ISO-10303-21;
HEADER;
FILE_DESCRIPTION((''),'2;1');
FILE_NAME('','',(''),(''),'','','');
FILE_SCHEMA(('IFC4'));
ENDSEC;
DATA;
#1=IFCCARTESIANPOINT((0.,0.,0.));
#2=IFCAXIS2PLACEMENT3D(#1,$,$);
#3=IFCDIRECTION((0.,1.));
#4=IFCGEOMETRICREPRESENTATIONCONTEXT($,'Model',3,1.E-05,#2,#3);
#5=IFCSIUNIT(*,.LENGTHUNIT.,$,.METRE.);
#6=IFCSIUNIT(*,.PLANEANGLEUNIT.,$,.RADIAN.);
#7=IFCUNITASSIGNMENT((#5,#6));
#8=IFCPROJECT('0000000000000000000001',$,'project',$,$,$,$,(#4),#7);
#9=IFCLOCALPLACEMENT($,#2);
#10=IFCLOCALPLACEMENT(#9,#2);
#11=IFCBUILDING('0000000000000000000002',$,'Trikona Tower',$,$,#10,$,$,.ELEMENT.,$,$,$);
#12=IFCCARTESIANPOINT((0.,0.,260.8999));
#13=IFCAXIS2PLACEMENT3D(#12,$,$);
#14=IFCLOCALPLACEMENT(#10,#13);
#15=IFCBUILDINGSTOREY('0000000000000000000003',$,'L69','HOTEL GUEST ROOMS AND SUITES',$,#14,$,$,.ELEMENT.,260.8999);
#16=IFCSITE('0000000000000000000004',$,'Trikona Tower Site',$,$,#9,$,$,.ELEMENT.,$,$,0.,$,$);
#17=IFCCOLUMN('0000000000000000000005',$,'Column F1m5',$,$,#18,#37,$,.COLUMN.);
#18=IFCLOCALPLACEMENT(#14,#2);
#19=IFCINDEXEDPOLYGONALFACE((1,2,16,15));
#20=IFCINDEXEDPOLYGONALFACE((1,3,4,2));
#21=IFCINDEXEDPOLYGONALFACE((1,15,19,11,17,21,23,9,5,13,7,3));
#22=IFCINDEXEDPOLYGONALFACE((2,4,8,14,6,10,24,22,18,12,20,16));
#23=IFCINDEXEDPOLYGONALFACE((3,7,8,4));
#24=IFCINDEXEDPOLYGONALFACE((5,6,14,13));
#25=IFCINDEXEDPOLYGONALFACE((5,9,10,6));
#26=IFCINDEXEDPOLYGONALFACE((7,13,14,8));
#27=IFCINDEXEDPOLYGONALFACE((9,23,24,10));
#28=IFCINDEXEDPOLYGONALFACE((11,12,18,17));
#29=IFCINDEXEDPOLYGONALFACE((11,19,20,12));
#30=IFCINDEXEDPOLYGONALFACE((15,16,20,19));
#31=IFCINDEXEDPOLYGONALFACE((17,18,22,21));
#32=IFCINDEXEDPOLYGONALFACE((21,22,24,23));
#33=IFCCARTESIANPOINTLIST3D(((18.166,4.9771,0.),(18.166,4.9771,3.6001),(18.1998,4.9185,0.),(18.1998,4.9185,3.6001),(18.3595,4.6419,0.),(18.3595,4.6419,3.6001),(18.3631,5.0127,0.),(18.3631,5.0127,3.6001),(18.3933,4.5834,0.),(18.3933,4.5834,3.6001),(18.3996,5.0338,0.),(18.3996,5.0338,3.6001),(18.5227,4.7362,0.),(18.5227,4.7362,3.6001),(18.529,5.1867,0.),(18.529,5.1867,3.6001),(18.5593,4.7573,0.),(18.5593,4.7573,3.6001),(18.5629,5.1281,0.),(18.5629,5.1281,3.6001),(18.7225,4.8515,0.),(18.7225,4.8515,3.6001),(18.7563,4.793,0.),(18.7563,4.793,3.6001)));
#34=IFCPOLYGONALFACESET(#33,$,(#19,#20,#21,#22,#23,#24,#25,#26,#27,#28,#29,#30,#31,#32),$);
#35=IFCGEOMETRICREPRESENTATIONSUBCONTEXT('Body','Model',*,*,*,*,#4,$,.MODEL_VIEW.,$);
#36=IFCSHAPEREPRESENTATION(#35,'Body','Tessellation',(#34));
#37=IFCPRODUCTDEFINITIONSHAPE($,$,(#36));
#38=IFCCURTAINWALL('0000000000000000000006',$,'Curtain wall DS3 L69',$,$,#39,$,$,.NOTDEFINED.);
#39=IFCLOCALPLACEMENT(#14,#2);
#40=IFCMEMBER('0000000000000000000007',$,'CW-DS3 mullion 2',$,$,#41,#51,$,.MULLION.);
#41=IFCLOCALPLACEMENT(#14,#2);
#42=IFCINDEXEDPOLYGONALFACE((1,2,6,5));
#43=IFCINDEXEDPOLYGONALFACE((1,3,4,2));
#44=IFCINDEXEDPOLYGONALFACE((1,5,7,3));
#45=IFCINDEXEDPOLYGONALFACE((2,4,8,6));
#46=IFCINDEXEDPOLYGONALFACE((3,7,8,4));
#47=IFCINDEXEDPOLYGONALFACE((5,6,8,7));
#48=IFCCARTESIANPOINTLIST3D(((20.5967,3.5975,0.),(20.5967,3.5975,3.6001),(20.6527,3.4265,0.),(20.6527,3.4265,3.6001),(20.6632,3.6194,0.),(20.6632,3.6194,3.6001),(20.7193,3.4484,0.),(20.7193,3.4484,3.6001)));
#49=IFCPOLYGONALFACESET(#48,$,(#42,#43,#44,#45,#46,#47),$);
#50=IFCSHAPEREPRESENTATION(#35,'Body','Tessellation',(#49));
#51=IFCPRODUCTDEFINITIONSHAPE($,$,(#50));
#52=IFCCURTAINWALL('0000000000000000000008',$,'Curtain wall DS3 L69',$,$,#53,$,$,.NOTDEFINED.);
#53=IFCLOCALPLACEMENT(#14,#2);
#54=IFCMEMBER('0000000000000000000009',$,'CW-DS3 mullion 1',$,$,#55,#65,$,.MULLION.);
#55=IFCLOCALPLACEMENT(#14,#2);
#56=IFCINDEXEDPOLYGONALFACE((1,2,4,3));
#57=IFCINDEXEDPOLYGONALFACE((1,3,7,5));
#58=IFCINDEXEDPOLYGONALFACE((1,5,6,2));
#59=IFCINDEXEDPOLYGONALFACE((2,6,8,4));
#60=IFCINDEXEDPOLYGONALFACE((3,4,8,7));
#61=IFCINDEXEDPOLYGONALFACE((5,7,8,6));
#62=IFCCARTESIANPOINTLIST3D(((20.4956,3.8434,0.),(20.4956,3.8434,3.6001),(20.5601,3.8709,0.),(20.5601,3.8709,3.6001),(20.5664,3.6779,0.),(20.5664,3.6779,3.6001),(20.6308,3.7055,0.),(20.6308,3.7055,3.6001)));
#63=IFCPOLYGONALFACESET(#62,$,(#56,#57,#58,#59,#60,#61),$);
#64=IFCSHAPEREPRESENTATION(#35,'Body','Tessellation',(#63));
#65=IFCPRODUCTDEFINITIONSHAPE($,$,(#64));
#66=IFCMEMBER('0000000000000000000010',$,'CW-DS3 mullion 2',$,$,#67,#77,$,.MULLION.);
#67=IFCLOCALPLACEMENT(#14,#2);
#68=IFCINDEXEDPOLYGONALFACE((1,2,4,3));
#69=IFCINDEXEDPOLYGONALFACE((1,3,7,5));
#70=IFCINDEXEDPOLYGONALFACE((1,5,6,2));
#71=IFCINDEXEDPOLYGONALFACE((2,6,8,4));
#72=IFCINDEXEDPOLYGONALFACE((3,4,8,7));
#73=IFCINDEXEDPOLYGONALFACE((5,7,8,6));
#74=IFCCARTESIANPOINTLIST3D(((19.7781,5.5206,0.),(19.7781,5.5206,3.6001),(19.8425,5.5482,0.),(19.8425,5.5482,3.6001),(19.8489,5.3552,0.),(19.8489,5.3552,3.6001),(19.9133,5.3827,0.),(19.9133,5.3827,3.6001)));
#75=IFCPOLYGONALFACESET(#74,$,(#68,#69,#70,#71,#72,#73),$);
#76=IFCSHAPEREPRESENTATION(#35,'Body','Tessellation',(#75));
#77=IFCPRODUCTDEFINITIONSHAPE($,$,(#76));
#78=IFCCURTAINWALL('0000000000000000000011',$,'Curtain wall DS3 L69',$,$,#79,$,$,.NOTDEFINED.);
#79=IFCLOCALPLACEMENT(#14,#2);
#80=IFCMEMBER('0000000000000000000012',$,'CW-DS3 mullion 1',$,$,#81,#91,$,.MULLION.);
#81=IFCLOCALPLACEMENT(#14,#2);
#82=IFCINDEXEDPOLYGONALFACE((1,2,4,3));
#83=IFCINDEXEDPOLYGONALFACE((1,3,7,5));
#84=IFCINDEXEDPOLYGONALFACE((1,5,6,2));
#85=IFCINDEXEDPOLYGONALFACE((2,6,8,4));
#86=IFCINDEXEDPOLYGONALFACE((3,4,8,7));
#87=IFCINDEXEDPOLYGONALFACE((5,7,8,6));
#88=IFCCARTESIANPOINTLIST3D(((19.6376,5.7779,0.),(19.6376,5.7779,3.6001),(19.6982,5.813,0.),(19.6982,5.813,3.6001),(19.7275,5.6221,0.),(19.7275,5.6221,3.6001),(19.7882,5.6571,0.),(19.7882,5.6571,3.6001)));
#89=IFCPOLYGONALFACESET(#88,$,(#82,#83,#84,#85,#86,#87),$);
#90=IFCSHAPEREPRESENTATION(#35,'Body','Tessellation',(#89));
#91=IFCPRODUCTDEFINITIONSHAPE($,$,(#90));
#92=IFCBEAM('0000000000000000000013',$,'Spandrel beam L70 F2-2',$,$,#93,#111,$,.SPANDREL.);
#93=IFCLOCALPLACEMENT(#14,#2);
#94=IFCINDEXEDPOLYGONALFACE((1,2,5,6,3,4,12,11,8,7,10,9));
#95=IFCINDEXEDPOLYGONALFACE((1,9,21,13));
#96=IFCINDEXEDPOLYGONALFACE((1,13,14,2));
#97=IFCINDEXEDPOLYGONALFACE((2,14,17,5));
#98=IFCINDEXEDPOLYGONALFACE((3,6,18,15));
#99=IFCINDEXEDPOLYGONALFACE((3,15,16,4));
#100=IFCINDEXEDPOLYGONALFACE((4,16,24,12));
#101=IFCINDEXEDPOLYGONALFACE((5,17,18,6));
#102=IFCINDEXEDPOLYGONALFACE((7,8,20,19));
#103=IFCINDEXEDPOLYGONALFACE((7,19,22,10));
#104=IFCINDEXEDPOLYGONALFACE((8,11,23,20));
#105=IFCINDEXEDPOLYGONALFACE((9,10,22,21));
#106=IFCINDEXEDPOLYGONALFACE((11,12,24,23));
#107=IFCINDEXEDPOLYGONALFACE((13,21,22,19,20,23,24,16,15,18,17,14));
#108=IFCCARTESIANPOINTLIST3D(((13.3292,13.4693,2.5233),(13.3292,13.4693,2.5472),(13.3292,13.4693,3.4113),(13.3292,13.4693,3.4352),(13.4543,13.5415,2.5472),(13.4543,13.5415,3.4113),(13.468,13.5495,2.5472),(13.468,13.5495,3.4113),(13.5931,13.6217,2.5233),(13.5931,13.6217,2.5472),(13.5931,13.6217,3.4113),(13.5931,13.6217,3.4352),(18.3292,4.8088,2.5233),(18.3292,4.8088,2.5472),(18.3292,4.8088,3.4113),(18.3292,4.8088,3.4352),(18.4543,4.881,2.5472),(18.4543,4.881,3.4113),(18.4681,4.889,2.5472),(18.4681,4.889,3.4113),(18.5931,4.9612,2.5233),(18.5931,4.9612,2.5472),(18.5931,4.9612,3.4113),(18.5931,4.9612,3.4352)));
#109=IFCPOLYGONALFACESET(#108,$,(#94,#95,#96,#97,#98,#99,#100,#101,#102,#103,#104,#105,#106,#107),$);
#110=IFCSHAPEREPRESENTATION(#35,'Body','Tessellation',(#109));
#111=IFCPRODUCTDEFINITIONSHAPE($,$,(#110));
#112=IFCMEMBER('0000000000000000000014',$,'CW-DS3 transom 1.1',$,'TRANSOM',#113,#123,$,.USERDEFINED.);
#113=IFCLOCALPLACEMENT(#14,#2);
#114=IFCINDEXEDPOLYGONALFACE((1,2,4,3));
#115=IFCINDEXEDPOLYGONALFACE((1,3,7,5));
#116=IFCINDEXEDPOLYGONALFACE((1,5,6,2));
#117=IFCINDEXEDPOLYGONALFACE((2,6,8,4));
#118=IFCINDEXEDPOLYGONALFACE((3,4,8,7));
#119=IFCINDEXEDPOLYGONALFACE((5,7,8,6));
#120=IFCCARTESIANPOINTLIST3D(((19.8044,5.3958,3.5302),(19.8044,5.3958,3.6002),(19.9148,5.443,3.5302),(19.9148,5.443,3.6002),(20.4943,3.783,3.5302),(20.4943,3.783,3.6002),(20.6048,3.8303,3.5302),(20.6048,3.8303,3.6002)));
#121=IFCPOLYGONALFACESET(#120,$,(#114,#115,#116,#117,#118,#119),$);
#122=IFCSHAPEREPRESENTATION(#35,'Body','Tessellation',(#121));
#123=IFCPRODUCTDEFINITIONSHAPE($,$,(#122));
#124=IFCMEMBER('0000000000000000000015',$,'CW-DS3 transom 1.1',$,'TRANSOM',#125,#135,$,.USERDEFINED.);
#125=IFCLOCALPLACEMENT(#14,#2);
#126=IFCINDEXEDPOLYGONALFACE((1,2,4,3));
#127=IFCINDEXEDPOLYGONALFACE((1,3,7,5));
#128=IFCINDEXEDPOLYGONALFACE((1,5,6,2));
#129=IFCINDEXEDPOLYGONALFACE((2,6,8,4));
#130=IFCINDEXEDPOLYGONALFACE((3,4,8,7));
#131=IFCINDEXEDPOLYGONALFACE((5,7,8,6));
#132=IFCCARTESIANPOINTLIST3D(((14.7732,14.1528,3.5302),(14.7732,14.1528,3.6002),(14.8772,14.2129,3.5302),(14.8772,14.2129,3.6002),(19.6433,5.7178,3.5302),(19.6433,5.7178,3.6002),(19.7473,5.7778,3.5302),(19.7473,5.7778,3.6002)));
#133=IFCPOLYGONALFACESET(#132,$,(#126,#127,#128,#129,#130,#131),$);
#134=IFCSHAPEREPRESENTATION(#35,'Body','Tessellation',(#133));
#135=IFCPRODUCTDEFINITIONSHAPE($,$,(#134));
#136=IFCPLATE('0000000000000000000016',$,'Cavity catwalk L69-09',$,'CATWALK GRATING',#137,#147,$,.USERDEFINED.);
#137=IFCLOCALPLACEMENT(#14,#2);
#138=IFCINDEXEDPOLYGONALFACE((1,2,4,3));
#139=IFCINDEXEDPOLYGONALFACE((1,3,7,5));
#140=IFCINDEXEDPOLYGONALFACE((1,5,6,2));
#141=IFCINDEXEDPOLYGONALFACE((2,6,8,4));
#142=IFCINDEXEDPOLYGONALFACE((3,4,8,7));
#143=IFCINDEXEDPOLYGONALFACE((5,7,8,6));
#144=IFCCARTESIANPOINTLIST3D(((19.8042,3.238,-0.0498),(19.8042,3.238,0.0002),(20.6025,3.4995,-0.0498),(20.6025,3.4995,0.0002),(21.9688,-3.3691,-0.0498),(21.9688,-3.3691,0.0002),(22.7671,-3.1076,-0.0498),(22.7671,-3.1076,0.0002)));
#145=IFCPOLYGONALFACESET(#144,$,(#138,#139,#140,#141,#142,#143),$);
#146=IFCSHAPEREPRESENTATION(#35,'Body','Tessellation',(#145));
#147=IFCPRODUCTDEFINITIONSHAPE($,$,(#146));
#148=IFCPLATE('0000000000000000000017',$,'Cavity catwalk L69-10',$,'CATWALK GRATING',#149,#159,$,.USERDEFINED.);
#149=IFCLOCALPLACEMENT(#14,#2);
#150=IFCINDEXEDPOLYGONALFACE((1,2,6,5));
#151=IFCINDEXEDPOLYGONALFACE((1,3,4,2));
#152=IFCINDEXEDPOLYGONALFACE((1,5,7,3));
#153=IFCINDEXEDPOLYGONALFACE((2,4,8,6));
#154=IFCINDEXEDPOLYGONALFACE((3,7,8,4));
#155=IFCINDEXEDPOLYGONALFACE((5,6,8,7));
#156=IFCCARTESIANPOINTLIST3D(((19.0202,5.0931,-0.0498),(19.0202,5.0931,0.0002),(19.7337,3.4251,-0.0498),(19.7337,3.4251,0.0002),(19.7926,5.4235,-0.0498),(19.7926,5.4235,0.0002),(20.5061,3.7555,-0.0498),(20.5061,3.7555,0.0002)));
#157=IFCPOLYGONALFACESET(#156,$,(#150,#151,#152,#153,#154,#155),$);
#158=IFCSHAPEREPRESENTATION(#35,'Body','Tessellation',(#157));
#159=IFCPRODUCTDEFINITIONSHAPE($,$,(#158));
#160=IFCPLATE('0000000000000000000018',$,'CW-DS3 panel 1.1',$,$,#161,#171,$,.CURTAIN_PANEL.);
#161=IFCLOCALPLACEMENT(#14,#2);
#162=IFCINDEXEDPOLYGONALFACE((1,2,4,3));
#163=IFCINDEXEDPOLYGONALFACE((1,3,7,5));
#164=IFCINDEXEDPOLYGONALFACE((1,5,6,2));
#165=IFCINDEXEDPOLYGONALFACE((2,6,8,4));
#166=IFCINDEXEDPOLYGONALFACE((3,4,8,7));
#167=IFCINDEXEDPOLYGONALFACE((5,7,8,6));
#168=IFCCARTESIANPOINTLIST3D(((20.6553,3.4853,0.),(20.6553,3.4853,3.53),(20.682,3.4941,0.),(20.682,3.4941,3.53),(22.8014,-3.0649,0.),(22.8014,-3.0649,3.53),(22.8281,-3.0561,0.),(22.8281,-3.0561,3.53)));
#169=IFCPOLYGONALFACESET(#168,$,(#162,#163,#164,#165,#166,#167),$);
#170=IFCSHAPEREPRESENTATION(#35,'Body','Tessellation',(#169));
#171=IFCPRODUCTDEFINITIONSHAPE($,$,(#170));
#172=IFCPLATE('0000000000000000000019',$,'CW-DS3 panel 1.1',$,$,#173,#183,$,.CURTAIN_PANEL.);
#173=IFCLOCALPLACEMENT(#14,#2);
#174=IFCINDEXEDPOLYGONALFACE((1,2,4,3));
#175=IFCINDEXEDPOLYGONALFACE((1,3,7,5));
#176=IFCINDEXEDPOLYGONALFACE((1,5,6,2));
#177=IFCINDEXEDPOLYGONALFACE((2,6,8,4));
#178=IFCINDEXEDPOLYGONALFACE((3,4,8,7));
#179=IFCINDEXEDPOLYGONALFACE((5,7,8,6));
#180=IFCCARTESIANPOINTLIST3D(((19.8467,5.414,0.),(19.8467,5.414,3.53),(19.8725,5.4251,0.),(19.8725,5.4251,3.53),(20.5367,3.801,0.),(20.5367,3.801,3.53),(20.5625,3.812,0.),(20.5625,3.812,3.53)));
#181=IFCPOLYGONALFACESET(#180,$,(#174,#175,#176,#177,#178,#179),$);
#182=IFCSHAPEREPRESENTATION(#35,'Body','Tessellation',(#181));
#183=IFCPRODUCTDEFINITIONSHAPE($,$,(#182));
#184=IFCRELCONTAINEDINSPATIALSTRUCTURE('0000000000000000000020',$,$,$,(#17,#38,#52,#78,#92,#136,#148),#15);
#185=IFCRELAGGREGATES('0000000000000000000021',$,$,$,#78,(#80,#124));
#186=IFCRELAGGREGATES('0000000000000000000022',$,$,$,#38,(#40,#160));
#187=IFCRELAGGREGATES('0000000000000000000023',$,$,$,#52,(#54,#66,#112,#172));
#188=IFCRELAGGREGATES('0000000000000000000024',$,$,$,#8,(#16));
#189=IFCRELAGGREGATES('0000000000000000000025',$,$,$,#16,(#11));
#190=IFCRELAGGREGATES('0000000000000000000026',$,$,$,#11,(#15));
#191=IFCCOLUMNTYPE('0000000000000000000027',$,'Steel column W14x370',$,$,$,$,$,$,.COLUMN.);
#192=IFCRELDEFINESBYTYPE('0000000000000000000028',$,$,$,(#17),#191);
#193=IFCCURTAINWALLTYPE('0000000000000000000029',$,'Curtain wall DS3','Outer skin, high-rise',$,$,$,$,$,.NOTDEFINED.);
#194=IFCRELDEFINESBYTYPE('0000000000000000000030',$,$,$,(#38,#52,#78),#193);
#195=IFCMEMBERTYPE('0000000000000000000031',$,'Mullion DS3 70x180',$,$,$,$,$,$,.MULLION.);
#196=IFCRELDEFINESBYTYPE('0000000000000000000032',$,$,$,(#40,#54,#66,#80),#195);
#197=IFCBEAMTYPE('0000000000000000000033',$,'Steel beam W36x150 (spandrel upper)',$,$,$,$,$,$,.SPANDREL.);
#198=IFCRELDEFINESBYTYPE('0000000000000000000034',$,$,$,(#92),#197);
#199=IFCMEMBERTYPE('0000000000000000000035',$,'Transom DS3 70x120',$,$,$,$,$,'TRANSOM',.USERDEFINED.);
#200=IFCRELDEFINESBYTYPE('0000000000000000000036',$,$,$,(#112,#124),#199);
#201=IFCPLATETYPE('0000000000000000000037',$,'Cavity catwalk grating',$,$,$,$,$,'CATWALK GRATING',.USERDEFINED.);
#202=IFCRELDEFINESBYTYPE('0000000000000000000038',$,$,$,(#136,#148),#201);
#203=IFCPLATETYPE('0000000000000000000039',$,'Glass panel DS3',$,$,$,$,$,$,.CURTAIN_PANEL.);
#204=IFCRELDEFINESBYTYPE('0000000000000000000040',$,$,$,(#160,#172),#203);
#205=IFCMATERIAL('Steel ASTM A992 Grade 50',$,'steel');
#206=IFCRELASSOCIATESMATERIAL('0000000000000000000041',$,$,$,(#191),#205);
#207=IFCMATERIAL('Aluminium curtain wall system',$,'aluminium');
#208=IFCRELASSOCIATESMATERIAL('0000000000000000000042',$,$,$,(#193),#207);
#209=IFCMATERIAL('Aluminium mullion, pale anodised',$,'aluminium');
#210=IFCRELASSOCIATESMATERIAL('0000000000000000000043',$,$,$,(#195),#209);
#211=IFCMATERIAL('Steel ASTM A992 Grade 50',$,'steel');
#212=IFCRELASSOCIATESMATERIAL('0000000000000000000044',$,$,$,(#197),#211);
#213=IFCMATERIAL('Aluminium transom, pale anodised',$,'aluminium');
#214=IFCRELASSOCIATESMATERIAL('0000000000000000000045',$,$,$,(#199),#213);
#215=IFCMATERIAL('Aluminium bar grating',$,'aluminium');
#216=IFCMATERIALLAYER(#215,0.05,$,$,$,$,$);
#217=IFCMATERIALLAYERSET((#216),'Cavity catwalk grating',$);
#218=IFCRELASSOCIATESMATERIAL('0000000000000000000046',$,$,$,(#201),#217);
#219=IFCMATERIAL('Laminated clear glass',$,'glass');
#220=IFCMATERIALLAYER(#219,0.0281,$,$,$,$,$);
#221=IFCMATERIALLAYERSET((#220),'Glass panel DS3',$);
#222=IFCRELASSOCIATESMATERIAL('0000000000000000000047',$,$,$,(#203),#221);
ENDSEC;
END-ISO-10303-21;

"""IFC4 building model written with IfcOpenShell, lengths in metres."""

from ifc_helpers import new_model, si_unit, direction, frame, origin, origin_2d, place, context, subcontext, project, spatial, rectangle, i_section, extrude, material, layer, layer_set, material_profile, profile_set, type_object, element, aggregate, save


model = new_model("IFC4")

# Units and contexts
model_context = context("Model", 3, precision=1e-05, world=origin(), true_north=direction((0.0, 1.0)))
body_context = subcontext(model_context, "Body", "Model", "MODEL_VIEW")
ifc_project = project(units=[si_unit("LENGTHUNIT", "METRE"), si_unit("PLANEANGLEUNIT", "RADIAN")], contexts=[model_context])

# Site, building, storey
site_placement = place(None, origin())
site = spatial("IfcSite", under=ifc_project, at=site_placement, Name="Trikona Tower Site", CompositionType="ELEMENT", RefElevation=0.0)
building_placement = place(site_placement, origin())
building = spatial("IfcBuilding", under=site, at=building_placement, Name="Trikona Tower", CompositionType="ELEMENT")
storey_placement = place(building_placement, frame((0.0, 0.0, 260.8999)))
storey = spatial("IfcBuildingStorey", under=building, at=storey_placement, Name="L69", Description="HOTEL GUEST ROOMS AND SUITES", CompositionType="ELEMENT", Elevation=260.8999)

# Column
ifc_material_1 = material(Name="Steel ASTM A992 Grade 50", Category="steel")
ifc_material_profile_1 = material_profile(ifc_material_1, i_section(OverallWidth=0.4192, OverallDepth=0.4546, WebThickness=0.0422, FlangeThickness=0.0676, at=origin_2d()), Name="W14X370")
ifc_profile_set_1 = profile_set([ifc_material_profile_1], Name="Steel ASTM A992 Grade 50")
column_type = type_object("IfcColumnType", Name="Steel column W14x370", PredefinedType="COLUMN", material=ifc_profile_set_1)
column_placement = place(storey_placement, frame((18.4612, 4.885, 0.0), z_axis=(0.0, 0.0, 1.0), x_axis=(0.866025, 0.5, 0.0)))
element("IfcColumn", 1, at=column_placement, inside=storey, type_object=column_type, Name="Column F1m5", PredefinedType="COLUMN", context=body_context, shape_type="SweptSolid", body=[
    extrude(i_section(OverallWidth=0.4192, OverallDepth=0.4546, WebThickness=0.0422, FlangeThickness=0.0676, at=origin_2d()), origin(), (0.0, 0.0, 1.0), 3.6001),
])

# Curtain wall, member
ifc_material_2 = material(Name="Aluminium curtain wall system", Category="aluminium")
curtain_wall_type = type_object("IfcCurtainWallType", Name="Curtain wall DS3", Description="Outer skin, high-rise", PredefinedType="NOTDEFINED", material=ifc_material_2)
curtain_wall_1_placement = place(storey_placement, origin())
curtain_wall_1 = element("IfcCurtainWall", 2, at=curtain_wall_1_placement, inside=storey, type_object=curtain_wall_type, Name="Curtain wall DS3 L69", PredefinedType="NOTDEFINED")
ifc_material_3 = material(Name="Aluminium mullion, pale anodised", Category="aluminium")
ifc_material_profile_2 = material_profile(ifc_material_3, rectangle(XDim=0.0701, YDim=0.1799, at=origin_2d()), Name="MUL-DS3")
ifc_profile_set_2 = profile_set([ifc_material_profile_2], Name="Aluminium mullion, pale anodised")
member_type_1 = type_object("IfcMemberType", Name="Mullion DS3 70x180", PredefinedType="MULLION", material=ifc_profile_set_2)
member_1_placement = place(storey_placement, frame((20.658, 3.5229, 0.0), z_axis=(0.0, 0.0, 1.0), x_axis=(-0.950297, -0.311344, 0.0)))
member_1 = element("IfcMember", 3, at=member_1_placement, type_object=member_type_1, Name="CW-DS3 mullion 2", PredefinedType="MULLION", context=body_context, shape_type="SweptSolid", body=[
    extrude(rectangle(XDim=0.0701, YDim=0.1799, at=origin_2d()), origin(), (0.0, 0.0, 1.0), 3.6001),
])

# Curtain wall, members
curtain_wall_2_placement = place(storey_placement, origin())
curtain_wall_2 = element("IfcCurtainWall", 4, at=curtain_wall_2_placement, inside=storey, type_object=curtain_wall_type, Name="Curtain wall DS3 L69", PredefinedType="NOTDEFINED")
member_2_placement = place(storey_placement, frame((20.5632, 3.7744, 0.0), z_axis=(0.0, 0.0, 1.0), x_axis=(-0.919421, -0.393276, 0.0)))
member_2 = element("IfcMember", 5, at=member_2_placement, type_object=member_type_1, Name="CW-DS3 mullion 1", PredefinedType="MULLION", context=body_context, shape_type="SweptSolid", body=[
    extrude(rectangle(XDim=0.0701, YDim=0.1799, at=origin_2d()), origin(), (0.0, 0.0, 1.0), 3.6001),
])
member_3_placement = place(storey_placement, frame((19.8457, 5.4517, 0.0), z_axis=(0.0, 0.0, 1.0), x_axis=(-0.919421, -0.393276, 0.0)))
member_3 = element("IfcMember", 6, at=member_3_placement, type_object=member_type_1, Name="CW-DS3 mullion 2", PredefinedType="MULLION", context=body_context, shape_type="SweptSolid", body=[
    extrude(rectangle(XDim=0.0701, YDim=0.1799, at=origin_2d()), origin(), (0.0, 0.0, 1.0), 3.6001),
])

# Curtain wall, member
curtain_wall_3_placement = place(storey_placement, origin())
curtain_wall_3 = element("IfcCurtainWall", 7, at=curtain_wall_3_placement, inside=storey, type_object=curtain_wall_type, Name="Curtain wall DS3 L69", PredefinedType="NOTDEFINED")
member_4_placement = place(storey_placement, frame((19.7129, 5.7175, 0.0), z_axis=(0.0, 0.0, 1.0), x_axis=(-0.866025, -0.500001, 0.0)))
member_4 = element("IfcMember", 8, at=member_4_placement, type_object=member_type_1, Name="CW-DS3 mullion 1", PredefinedType="MULLION", context=body_context, shape_type="SweptSolid", body=[
    extrude(rectangle(XDim=0.0701, YDim=0.1799, at=origin_2d()), origin(), (0.0, 0.0, 1.0), 3.6001),
])

# Beam
ifc_material_4 = material(Name="Steel ASTM A992 Grade 50", Category="steel")
ifc_material_profile_3 = material_profile(ifc_material_4, i_section(OverallWidth=0.3047, OverallDepth=0.9119, WebThickness=0.0159, FlangeThickness=0.0239, at=origin_2d()), Name="W36X150")
ifc_profile_set_3 = profile_set([ifc_material_profile_3], Name="Steel ASTM A992 Grade 50")
beam_type = type_object("IfcBeamType", Name="Steel beam W36x150 (spandrel upper)", PredefinedType="SPANDREL", material=ifc_profile_set_3)
beam_placement = place(storey_placement, frame((18.4612, 4.885, 2.9792), z_axis=(-0.499994, 0.866029, 0.0), x_axis=(-0.866029, -0.499994, 0.0)))
element("IfcBeam", 9, at=beam_placement, inside=storey, type_object=beam_type, Name="Spandrel beam L70 F2-2", PredefinedType="SPANDREL", context=body_context, shape_type="SweptSolid", body=[
    extrude(i_section(OverallWidth=0.3047, OverallDepth=0.9119, WebThickness=0.0159, FlangeThickness=0.0239, at=origin_2d()), origin(), (0.0, 0.0, 1.0), 10.0002),
])

# Members
ifc_material_5 = material(Name="Aluminium transom, pale anodised", Category="aluminium")
ifc_material_profile_4 = material_profile(ifc_material_5, rectangle(XDim=0.1201, YDim=0.0701, at=origin_2d()), Name="TRN-DS3")
ifc_profile_set_4 = profile_set([ifc_material_profile_4], Name="Aluminium transom, pale anodised")
member_type_2 = type_object("IfcMemberType", Name="Transom DS3 70x120", ElementType="TRANSOM", PredefinedType="USERDEFINED", material=ifc_profile_set_4)
member_5_placement = place(storey_placement, frame((20.5496, 3.8066, 3.5652), z_axis=(-0.393315, 0.919404, 0.0), x_axis=(-0.919404, -0.393315, 0.0)))
member_5 = element("IfcMember", 10, at=member_5_placement, type_object=member_type_2, Name="CW-DS3 transom 1.1", ObjectType="TRANSOM", PredefinedType="USERDEFINED", context=body_context, shape_type="SweptSolid", body=[
    extrude(rectangle(XDim=0.1201, YDim=0.0701, at=origin_2d()), origin(), (0.0, 0.0, 1.0), 1.7542),
])
member_6_placement = place(storey_placement, frame((19.6953, 5.7478, 3.5652), z_axis=(-0.50001, 0.866019, 0.0), x_axis=(-0.866019, -0.50001, 0.0)))
member_6 = element("IfcMember", 11, at=member_6_placement, type_object=member_type_2, Name="CW-DS3 transom 1.1", ObjectType="TRANSOM", PredefinedType="USERDEFINED", context=body_context, shape_type="SweptSolid", body=[
    extrude(rectangle(XDim=0.1201, YDim=0.0701, at=origin_2d()), origin(), (0.0, 0.0, 1.0), 9.74),
])
aggregate(curtain_wall_3, [member_4, member_6])

# Plates
ifc_material_6 = material(Name="Aluminium bar grating", Category="aluminium")
ifc_layer_1 = layer(ifc_material_6, 0.05)
ifc_layer_set_1 = layer_set([ifc_layer_1], Name="Cavity catwalk grating")
plate_type_1 = type_object("IfcPlateType", Name="Cavity catwalk grating", ElementType="CATWALK GRATING", PredefinedType="USERDEFINED", material=ifc_layer_set_1)
plate_1_placement = place(storey_placement, frame((21.2856, 0.0652, -0.0498), z_axis=(0.0, 0.0, 1.0), x_axis=(-0.311337, 0.9503, 0.0)))
element("IfcPlate", 12, at=plate_1_placement, inside=storey, type_object=plate_type_1, Name="Cavity catwalk L69-09", ObjectType="CATWALK GRATING", PredefinedType="USERDEFINED", context=body_context, shape_type="SweptSolid", body=[
    extrude(rectangle(XDim=6.9526, YDim=0.8401, at=origin_2d()), origin(), (0.0, 0.0, 1.0), 0.05),
])
plate_2_placement = place(storey_placement, frame((19.7632, 4.4243, -0.0498), z_axis=(0.0, 0.0, 1.0), x_axis=(-0.393284, 0.919417, 0.0)))
element("IfcPlate", 13, at=plate_2_placement, inside=storey, type_object=plate_type_1, Name="Cavity catwalk L69-10", ObjectType="CATWALK GRATING", PredefinedType="USERDEFINED", context=body_context, shape_type="SweptSolid", body=[
    extrude(rectangle(XDim=1.8142, YDim=0.8401, at=origin_2d()), origin(), (0.0, 0.0, 1.0), 0.05),
])

# Plates
ifc_material_7 = material(Name="Laminated clear glass", Category="glass")
ifc_layer_2 = layer(ifc_material_7, 0.0281)
ifc_layer_set_2 = layer_set([ifc_layer_2], Name="Glass panel DS3")
plate_type_2 = type_object("IfcPlateType", Name="Glass panel DS3", PredefinedType="CURTAIN_PANEL", material=ifc_layer_set_2)
plate_3_placement = place(storey_placement, frame((21.7417, 0.2146, 0.0), z_axis=(0.0, 0.0, 1.0), x_axis=(-0.311344, 0.950297, 0.0)))
plate_3 = element("IfcPlate", 14, at=plate_3_placement, type_object=plate_type_2, Name="CW-DS3 panel 1.1", PredefinedType="CURTAIN_PANEL", context=body_context, shape_type="SweptSolid", body=[
    extrude(rectangle(XDim=6.8928, YDim=0.0281, at=origin_2d()), origin(), (0.0, 0.0, 1.0), 3.53),
])
aggregate(curtain_wall_1, [member_1, plate_3])
plate_4_placement = place(storey_placement, frame((20.2046, 4.613, 0.0), z_axis=(0.0, 0.0, 1.0), x_axis=(-0.393276, 0.919421, 0.0)))
plate_4 = element("IfcPlate", 15, at=plate_4_placement, type_object=plate_type_2, Name="CW-DS3 panel 1.1", PredefinedType="CURTAIN_PANEL", context=body_context, shape_type="SweptSolid", body=[
    extrude(rectangle(XDim=1.7544, YDim=0.0281, at=origin_2d()), origin(), (0.0, 0.0, 1.0), 3.53),
])
aggregate(curtain_wall_2, [member_2, member_3, member_5, plate_4])

save(model, "model.ifc")
